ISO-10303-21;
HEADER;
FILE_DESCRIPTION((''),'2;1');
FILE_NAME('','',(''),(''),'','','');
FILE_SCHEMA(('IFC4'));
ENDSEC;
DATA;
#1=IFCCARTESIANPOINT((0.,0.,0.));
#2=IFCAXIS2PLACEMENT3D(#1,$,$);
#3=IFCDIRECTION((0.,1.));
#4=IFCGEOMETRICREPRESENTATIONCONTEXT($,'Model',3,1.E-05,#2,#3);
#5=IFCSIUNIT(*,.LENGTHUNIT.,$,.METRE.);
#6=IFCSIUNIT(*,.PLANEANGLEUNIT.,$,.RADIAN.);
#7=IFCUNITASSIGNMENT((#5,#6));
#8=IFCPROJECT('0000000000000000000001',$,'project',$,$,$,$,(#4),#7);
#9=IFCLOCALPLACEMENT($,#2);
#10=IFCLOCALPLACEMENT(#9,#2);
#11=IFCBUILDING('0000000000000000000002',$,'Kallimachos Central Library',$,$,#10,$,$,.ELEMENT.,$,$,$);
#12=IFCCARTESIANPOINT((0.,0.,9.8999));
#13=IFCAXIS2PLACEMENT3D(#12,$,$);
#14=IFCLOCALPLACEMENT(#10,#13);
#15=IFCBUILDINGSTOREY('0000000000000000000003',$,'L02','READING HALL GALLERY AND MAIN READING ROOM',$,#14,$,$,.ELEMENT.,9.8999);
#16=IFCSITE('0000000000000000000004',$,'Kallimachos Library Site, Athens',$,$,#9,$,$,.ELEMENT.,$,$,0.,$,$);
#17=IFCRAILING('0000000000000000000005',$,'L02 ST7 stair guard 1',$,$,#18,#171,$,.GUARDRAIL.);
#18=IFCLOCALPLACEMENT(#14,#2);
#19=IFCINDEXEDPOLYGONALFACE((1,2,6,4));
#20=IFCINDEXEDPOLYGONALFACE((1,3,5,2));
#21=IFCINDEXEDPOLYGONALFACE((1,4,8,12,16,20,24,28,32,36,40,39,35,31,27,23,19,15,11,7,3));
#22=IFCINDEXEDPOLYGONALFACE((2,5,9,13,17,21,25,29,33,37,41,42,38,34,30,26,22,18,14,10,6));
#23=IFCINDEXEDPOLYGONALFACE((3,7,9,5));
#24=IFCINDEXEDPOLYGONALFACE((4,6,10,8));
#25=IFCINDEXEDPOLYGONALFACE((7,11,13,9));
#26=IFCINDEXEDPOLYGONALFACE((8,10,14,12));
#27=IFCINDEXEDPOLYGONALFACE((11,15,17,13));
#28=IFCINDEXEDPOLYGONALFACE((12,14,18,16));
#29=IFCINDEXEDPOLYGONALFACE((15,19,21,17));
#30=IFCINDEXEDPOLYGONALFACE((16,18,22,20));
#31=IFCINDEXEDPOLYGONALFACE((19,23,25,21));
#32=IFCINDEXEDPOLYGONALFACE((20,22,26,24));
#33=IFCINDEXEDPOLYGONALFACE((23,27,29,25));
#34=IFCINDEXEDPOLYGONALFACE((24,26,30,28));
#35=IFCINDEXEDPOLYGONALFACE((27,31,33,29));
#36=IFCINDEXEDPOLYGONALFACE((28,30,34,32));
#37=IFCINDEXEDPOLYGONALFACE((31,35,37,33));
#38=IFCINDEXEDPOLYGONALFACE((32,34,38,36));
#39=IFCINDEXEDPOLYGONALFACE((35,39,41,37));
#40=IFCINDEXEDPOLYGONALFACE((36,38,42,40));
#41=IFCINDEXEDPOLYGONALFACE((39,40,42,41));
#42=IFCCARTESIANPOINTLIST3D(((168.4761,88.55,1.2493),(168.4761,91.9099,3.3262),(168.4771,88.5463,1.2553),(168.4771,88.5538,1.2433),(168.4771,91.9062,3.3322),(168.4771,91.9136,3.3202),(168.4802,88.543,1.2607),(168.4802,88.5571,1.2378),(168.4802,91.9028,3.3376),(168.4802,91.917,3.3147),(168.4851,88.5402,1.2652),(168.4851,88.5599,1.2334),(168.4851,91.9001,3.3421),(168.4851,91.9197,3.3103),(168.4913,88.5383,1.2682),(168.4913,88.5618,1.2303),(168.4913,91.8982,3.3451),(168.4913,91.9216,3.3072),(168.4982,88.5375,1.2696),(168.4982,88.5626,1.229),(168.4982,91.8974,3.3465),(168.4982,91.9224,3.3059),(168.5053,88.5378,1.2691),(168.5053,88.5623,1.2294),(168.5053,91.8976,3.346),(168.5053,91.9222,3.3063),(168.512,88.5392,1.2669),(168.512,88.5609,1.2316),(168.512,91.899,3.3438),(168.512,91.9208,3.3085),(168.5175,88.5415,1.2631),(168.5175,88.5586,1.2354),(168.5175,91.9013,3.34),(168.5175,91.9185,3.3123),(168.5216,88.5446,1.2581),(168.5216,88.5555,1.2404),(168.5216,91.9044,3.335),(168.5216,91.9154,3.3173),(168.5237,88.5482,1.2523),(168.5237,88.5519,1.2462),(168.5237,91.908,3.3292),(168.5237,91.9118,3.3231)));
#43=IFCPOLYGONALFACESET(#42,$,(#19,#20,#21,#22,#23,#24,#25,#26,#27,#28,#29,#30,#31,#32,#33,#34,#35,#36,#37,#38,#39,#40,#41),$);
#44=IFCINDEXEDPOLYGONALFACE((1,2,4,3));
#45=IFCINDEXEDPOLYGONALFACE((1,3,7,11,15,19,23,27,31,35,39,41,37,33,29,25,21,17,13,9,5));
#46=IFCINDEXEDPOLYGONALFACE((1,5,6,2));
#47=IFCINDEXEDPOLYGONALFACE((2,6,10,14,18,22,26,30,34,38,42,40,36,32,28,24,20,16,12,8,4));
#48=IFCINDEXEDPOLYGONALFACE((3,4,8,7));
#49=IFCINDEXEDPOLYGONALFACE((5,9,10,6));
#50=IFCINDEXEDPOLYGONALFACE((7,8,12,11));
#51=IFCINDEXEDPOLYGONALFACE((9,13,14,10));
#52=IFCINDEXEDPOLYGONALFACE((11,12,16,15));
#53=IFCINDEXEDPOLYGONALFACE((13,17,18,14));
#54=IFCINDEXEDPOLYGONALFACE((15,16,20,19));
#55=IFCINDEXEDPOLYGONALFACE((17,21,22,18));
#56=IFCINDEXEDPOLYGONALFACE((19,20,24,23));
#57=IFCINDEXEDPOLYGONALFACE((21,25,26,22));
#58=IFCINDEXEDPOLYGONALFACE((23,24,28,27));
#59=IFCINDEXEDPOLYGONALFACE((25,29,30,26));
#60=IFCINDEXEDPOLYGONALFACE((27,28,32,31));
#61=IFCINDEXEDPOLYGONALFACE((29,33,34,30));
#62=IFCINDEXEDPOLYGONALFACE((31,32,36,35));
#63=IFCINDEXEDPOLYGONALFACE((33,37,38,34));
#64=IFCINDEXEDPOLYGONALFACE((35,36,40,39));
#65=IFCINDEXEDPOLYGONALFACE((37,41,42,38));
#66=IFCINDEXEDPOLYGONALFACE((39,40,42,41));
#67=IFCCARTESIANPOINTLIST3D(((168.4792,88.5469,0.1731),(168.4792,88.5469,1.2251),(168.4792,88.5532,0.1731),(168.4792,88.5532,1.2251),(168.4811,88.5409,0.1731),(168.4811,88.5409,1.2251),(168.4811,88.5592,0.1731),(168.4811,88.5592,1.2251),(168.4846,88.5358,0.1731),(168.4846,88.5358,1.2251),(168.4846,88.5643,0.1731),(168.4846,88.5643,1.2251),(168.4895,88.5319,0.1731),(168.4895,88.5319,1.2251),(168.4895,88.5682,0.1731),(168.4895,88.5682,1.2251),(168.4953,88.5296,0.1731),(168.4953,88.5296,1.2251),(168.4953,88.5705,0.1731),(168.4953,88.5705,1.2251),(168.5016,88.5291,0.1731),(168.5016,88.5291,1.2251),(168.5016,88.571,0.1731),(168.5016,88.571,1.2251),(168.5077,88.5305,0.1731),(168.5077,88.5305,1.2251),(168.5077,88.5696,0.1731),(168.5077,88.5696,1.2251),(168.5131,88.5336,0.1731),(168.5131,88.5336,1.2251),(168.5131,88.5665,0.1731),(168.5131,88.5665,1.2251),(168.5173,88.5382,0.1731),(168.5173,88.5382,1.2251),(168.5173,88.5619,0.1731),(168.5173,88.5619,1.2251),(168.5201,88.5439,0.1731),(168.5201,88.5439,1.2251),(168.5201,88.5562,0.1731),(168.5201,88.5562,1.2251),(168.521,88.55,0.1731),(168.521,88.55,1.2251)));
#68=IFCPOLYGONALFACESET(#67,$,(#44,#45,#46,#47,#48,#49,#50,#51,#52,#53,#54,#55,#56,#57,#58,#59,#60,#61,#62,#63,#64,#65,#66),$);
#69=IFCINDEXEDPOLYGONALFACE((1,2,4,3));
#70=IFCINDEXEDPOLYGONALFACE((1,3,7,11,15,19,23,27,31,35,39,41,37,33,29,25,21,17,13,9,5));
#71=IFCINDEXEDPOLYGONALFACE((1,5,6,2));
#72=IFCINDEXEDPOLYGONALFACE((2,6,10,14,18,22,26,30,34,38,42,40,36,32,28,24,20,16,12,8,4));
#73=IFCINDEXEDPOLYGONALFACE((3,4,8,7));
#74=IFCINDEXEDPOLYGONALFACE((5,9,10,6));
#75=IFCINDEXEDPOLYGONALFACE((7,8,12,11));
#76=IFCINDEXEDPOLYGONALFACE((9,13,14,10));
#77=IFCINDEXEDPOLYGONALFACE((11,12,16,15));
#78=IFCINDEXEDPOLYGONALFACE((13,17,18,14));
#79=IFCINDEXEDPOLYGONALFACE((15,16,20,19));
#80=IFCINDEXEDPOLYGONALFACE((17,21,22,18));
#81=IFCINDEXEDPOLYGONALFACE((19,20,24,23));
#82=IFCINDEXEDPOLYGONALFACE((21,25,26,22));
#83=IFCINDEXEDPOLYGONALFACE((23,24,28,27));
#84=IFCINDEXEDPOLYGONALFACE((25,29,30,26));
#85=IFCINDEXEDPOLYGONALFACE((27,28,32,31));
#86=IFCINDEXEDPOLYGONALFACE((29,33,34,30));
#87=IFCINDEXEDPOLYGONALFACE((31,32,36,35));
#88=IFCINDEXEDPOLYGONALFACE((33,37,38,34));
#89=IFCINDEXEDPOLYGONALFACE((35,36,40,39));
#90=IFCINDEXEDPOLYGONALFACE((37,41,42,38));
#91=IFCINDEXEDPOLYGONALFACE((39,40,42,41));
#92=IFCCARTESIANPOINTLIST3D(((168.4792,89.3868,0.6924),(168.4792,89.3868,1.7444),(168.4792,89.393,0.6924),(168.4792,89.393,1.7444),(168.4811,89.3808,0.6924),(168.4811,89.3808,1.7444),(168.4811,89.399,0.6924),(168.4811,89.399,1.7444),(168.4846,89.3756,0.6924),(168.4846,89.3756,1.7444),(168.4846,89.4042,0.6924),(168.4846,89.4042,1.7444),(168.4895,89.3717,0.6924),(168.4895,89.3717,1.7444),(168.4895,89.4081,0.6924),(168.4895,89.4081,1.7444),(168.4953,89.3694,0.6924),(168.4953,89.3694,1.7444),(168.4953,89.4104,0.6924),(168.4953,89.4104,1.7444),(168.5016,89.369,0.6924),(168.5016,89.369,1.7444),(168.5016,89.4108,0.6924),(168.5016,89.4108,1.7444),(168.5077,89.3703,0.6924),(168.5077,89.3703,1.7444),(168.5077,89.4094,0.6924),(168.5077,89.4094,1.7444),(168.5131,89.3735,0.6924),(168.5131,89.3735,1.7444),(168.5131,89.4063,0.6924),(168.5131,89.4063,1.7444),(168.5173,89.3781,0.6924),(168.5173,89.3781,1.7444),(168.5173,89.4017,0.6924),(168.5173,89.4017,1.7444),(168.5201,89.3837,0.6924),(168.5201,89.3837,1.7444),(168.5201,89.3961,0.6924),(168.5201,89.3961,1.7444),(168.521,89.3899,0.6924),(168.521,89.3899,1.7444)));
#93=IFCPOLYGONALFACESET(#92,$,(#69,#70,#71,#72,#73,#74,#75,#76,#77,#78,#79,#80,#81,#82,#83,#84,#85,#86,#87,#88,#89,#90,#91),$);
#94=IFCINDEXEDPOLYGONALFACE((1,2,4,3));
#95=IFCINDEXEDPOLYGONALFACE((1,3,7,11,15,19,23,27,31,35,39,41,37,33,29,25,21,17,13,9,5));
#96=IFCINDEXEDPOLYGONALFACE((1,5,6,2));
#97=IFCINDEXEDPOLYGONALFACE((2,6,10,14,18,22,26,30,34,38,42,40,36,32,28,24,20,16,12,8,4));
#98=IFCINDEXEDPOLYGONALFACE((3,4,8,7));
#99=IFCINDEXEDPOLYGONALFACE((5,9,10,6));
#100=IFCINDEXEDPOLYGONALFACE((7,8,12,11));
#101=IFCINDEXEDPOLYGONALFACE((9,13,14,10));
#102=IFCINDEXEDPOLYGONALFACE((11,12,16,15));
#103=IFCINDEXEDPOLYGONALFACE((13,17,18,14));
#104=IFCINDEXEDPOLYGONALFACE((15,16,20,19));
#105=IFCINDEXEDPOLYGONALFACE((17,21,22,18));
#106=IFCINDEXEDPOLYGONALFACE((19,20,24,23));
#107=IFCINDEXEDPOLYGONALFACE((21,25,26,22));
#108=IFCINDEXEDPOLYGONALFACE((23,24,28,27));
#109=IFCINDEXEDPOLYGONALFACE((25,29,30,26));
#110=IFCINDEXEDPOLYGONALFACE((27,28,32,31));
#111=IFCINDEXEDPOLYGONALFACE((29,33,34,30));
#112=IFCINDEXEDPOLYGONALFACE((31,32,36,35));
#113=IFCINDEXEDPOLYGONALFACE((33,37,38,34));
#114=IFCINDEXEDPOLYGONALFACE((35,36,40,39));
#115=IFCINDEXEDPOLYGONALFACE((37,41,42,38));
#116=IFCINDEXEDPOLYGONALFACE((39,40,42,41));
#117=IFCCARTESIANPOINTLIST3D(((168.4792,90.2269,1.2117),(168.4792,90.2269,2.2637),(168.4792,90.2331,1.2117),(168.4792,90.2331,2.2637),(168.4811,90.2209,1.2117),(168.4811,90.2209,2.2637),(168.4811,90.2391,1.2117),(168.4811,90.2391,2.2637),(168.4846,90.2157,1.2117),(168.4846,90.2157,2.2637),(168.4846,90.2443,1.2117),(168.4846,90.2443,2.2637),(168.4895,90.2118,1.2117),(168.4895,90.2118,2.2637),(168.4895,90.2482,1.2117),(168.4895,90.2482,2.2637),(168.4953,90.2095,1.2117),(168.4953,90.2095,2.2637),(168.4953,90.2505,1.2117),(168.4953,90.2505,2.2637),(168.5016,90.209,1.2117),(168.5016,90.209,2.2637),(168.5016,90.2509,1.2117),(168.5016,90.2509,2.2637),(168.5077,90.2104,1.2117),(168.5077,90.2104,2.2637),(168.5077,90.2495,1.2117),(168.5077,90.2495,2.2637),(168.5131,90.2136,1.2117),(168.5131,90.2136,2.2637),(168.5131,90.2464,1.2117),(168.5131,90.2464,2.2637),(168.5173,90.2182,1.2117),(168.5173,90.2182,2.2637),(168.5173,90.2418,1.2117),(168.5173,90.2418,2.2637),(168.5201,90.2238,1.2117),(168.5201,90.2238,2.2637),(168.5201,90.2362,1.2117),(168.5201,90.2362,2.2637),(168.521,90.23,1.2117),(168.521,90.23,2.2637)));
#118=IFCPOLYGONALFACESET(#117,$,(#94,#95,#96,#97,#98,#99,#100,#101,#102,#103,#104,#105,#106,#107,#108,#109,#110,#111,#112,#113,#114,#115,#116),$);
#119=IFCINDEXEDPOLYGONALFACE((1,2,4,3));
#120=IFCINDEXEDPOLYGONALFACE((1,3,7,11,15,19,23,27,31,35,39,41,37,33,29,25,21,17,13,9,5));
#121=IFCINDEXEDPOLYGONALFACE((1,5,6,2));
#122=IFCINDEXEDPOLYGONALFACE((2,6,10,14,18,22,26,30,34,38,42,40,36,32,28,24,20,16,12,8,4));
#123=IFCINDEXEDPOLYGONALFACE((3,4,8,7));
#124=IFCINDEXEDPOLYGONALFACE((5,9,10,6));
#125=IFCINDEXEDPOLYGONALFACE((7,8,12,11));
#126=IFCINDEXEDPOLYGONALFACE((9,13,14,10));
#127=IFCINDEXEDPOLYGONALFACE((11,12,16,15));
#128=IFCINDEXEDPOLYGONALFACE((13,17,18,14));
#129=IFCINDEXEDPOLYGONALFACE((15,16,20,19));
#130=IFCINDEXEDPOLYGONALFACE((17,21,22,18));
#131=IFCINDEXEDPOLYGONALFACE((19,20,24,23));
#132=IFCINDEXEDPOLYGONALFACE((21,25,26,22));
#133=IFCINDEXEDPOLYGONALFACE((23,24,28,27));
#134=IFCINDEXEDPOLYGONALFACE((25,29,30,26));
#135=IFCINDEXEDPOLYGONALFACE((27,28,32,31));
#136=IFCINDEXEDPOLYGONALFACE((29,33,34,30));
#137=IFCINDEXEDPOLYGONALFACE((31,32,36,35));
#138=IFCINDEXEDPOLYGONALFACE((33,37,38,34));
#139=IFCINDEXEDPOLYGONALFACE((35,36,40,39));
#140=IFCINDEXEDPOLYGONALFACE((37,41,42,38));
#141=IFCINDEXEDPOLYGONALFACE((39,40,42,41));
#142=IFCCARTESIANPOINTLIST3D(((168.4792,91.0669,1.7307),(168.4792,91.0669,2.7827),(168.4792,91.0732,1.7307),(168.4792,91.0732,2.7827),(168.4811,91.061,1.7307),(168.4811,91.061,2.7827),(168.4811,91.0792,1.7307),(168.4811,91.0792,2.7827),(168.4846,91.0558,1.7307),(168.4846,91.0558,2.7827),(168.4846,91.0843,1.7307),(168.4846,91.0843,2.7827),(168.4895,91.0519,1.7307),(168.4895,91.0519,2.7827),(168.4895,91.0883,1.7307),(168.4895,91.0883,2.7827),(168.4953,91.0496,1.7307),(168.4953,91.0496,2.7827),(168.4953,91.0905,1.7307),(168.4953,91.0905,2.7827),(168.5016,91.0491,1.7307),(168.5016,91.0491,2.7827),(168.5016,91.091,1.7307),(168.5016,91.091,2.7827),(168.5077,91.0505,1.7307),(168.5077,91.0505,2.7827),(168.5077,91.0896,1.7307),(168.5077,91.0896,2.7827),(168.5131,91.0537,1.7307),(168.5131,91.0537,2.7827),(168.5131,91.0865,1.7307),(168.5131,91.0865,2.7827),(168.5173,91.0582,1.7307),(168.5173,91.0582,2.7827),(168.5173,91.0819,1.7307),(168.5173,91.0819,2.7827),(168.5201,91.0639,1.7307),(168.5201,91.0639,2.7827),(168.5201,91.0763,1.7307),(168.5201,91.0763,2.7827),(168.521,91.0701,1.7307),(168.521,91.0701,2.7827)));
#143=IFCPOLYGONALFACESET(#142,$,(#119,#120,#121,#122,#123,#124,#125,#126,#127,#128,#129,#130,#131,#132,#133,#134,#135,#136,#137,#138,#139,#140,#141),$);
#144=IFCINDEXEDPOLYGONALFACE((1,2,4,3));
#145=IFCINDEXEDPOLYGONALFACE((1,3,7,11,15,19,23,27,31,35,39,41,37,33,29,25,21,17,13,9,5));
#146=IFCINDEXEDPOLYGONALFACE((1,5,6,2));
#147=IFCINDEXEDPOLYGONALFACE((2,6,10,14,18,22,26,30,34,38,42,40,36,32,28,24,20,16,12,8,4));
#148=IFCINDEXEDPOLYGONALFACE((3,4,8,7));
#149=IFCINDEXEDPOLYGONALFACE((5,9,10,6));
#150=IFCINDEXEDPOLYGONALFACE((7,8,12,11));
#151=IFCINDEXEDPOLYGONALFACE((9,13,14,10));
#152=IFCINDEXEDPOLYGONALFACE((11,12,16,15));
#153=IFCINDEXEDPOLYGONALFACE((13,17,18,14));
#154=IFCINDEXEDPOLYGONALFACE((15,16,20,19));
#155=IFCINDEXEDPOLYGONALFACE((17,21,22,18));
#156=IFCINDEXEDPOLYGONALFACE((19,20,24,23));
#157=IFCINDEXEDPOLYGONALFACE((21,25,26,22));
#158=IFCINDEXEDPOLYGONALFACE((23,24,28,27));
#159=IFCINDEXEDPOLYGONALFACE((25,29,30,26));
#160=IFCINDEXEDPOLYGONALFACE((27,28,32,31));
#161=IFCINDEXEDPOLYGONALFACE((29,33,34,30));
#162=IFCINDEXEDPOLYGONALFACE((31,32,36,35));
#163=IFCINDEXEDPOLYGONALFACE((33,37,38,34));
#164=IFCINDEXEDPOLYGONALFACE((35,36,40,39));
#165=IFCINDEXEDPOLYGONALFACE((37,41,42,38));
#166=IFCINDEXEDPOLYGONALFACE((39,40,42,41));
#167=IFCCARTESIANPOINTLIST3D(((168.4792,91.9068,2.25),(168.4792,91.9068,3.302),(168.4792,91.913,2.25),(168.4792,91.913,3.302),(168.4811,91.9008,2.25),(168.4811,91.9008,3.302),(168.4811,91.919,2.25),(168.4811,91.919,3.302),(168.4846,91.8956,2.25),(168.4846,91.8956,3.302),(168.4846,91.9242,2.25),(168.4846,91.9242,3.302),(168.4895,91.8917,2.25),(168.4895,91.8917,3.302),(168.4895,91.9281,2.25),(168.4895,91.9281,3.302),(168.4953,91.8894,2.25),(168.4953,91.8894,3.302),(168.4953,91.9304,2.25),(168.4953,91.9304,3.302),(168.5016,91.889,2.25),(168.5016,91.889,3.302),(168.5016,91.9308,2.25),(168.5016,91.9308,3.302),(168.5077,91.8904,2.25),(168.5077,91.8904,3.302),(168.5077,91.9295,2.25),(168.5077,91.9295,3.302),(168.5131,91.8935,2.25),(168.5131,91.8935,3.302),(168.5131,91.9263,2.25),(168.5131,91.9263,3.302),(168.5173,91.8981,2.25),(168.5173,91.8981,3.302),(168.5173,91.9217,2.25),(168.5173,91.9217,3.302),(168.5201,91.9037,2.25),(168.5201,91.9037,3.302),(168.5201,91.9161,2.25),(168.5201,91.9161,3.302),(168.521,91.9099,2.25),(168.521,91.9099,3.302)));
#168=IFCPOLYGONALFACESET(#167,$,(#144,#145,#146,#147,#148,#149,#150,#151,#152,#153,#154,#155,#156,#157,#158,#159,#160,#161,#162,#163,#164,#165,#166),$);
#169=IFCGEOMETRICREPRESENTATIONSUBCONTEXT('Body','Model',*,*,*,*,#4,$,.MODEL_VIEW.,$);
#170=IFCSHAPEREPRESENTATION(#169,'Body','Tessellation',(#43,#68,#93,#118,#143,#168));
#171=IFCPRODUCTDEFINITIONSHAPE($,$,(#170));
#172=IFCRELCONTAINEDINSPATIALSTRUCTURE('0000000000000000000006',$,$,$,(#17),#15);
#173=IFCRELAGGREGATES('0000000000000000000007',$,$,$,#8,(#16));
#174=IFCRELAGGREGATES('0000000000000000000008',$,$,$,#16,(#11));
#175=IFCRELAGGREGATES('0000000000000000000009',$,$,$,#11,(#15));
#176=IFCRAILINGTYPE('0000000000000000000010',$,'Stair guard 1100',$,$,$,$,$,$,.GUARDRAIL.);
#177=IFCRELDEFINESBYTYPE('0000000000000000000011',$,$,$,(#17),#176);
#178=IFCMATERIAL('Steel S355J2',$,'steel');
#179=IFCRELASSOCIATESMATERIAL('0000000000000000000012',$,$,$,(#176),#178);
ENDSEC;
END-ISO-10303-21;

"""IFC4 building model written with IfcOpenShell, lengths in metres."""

from ifc_helpers import new_model, si_unit, direction, frame, origin, origin_2d, place, context, subcontext, project, spatial, circle, extrude, material, type_object, element, save


model = new_model("IFC4")

# Units and contexts
model_context = context("Model", 3, precision=1e-05, world=origin(), true_north=direction((0.0, 1.0)))
body_context = subcontext(model_context, "Body", "Model", "MODEL_VIEW")
ifc_project = project(units=[si_unit("LENGTHUNIT", "METRE"), si_unit("PLANEANGLEUNIT", "RADIAN")], contexts=[model_context])

# Site, building, storey
site_placement = place(None, origin())
site = spatial("IfcSite", under=ifc_project, at=site_placement, Name="Kallimachos Library Site, Athens", CompositionType="ELEMENT", RefElevation=0.0)
building_placement = place(site_placement, origin())
building = spatial("IfcBuilding", under=site, at=building_placement, Name="Kallimachos Central Library", CompositionType="ELEMENT")
storey_placement = place(building_placement, frame((0.0, 0.0, 9.8999)))
storey = spatial("IfcBuildingStorey", under=building, at=storey_placement, Name="L02", Description="READING HALL GALLERY AND MAIN READING ROOM", CompositionType="ELEMENT", Elevation=9.8999)

# Railing
ifc_material_1 = material(Name="Steel S355J2", Category="steel")
railing_type_1 = type_object("IfcRailingType", Name="Stair guard 1100", PredefinedType="GUARDRAIL", material=ifc_material_1)
railing_1_placement = place(storey_placement, frame((168.5, 88.55, 0.1731)))
element("IfcRailing", 1, at=railing_1_placement, inside=storey, type_object=railing_type_1, Name="L02 ST7 stair guard 1", PredefinedType="GUARDRAIL", context=body_context, shape_type="SweptSolid", body=[
    extrude(circle(Radius=0.0239, at=origin_2d()), frame((0.0, 0.0, 1.0762), z_axis=(0.0, 0.850606, 0.525803), x_axis=(-1.0, 0.0, 0.0)), (0.0, 0.0, 1.0), 3.95),
    extrude(circle(Radius=0.021, at=origin_2d()), origin(), (0.0, 0.0, 1.0), 1.052),
    extrude(circle(Radius=0.021, at=origin_2d()), frame((0.0, 0.8398, 0.5193)), (0.0, 0.0, 1.0), 1.052),
    extrude(circle(Radius=0.021, at=origin_2d()), frame((0.0, 1.6799, 1.0386)), (0.0, 0.0, 1.0), 1.052),
    extrude(circle(Radius=0.021, at=origin_2d()), frame((0.0, 2.52, 1.5576)), (0.0, 0.0, 1.0), 1.052),
    extrude(circle(Radius=0.021, at=origin_2d()), frame((0.0, 3.3599, 2.0769)), (0.0, 0.0, 1.0), 1.052),
])

save(model, "model.ifc")
